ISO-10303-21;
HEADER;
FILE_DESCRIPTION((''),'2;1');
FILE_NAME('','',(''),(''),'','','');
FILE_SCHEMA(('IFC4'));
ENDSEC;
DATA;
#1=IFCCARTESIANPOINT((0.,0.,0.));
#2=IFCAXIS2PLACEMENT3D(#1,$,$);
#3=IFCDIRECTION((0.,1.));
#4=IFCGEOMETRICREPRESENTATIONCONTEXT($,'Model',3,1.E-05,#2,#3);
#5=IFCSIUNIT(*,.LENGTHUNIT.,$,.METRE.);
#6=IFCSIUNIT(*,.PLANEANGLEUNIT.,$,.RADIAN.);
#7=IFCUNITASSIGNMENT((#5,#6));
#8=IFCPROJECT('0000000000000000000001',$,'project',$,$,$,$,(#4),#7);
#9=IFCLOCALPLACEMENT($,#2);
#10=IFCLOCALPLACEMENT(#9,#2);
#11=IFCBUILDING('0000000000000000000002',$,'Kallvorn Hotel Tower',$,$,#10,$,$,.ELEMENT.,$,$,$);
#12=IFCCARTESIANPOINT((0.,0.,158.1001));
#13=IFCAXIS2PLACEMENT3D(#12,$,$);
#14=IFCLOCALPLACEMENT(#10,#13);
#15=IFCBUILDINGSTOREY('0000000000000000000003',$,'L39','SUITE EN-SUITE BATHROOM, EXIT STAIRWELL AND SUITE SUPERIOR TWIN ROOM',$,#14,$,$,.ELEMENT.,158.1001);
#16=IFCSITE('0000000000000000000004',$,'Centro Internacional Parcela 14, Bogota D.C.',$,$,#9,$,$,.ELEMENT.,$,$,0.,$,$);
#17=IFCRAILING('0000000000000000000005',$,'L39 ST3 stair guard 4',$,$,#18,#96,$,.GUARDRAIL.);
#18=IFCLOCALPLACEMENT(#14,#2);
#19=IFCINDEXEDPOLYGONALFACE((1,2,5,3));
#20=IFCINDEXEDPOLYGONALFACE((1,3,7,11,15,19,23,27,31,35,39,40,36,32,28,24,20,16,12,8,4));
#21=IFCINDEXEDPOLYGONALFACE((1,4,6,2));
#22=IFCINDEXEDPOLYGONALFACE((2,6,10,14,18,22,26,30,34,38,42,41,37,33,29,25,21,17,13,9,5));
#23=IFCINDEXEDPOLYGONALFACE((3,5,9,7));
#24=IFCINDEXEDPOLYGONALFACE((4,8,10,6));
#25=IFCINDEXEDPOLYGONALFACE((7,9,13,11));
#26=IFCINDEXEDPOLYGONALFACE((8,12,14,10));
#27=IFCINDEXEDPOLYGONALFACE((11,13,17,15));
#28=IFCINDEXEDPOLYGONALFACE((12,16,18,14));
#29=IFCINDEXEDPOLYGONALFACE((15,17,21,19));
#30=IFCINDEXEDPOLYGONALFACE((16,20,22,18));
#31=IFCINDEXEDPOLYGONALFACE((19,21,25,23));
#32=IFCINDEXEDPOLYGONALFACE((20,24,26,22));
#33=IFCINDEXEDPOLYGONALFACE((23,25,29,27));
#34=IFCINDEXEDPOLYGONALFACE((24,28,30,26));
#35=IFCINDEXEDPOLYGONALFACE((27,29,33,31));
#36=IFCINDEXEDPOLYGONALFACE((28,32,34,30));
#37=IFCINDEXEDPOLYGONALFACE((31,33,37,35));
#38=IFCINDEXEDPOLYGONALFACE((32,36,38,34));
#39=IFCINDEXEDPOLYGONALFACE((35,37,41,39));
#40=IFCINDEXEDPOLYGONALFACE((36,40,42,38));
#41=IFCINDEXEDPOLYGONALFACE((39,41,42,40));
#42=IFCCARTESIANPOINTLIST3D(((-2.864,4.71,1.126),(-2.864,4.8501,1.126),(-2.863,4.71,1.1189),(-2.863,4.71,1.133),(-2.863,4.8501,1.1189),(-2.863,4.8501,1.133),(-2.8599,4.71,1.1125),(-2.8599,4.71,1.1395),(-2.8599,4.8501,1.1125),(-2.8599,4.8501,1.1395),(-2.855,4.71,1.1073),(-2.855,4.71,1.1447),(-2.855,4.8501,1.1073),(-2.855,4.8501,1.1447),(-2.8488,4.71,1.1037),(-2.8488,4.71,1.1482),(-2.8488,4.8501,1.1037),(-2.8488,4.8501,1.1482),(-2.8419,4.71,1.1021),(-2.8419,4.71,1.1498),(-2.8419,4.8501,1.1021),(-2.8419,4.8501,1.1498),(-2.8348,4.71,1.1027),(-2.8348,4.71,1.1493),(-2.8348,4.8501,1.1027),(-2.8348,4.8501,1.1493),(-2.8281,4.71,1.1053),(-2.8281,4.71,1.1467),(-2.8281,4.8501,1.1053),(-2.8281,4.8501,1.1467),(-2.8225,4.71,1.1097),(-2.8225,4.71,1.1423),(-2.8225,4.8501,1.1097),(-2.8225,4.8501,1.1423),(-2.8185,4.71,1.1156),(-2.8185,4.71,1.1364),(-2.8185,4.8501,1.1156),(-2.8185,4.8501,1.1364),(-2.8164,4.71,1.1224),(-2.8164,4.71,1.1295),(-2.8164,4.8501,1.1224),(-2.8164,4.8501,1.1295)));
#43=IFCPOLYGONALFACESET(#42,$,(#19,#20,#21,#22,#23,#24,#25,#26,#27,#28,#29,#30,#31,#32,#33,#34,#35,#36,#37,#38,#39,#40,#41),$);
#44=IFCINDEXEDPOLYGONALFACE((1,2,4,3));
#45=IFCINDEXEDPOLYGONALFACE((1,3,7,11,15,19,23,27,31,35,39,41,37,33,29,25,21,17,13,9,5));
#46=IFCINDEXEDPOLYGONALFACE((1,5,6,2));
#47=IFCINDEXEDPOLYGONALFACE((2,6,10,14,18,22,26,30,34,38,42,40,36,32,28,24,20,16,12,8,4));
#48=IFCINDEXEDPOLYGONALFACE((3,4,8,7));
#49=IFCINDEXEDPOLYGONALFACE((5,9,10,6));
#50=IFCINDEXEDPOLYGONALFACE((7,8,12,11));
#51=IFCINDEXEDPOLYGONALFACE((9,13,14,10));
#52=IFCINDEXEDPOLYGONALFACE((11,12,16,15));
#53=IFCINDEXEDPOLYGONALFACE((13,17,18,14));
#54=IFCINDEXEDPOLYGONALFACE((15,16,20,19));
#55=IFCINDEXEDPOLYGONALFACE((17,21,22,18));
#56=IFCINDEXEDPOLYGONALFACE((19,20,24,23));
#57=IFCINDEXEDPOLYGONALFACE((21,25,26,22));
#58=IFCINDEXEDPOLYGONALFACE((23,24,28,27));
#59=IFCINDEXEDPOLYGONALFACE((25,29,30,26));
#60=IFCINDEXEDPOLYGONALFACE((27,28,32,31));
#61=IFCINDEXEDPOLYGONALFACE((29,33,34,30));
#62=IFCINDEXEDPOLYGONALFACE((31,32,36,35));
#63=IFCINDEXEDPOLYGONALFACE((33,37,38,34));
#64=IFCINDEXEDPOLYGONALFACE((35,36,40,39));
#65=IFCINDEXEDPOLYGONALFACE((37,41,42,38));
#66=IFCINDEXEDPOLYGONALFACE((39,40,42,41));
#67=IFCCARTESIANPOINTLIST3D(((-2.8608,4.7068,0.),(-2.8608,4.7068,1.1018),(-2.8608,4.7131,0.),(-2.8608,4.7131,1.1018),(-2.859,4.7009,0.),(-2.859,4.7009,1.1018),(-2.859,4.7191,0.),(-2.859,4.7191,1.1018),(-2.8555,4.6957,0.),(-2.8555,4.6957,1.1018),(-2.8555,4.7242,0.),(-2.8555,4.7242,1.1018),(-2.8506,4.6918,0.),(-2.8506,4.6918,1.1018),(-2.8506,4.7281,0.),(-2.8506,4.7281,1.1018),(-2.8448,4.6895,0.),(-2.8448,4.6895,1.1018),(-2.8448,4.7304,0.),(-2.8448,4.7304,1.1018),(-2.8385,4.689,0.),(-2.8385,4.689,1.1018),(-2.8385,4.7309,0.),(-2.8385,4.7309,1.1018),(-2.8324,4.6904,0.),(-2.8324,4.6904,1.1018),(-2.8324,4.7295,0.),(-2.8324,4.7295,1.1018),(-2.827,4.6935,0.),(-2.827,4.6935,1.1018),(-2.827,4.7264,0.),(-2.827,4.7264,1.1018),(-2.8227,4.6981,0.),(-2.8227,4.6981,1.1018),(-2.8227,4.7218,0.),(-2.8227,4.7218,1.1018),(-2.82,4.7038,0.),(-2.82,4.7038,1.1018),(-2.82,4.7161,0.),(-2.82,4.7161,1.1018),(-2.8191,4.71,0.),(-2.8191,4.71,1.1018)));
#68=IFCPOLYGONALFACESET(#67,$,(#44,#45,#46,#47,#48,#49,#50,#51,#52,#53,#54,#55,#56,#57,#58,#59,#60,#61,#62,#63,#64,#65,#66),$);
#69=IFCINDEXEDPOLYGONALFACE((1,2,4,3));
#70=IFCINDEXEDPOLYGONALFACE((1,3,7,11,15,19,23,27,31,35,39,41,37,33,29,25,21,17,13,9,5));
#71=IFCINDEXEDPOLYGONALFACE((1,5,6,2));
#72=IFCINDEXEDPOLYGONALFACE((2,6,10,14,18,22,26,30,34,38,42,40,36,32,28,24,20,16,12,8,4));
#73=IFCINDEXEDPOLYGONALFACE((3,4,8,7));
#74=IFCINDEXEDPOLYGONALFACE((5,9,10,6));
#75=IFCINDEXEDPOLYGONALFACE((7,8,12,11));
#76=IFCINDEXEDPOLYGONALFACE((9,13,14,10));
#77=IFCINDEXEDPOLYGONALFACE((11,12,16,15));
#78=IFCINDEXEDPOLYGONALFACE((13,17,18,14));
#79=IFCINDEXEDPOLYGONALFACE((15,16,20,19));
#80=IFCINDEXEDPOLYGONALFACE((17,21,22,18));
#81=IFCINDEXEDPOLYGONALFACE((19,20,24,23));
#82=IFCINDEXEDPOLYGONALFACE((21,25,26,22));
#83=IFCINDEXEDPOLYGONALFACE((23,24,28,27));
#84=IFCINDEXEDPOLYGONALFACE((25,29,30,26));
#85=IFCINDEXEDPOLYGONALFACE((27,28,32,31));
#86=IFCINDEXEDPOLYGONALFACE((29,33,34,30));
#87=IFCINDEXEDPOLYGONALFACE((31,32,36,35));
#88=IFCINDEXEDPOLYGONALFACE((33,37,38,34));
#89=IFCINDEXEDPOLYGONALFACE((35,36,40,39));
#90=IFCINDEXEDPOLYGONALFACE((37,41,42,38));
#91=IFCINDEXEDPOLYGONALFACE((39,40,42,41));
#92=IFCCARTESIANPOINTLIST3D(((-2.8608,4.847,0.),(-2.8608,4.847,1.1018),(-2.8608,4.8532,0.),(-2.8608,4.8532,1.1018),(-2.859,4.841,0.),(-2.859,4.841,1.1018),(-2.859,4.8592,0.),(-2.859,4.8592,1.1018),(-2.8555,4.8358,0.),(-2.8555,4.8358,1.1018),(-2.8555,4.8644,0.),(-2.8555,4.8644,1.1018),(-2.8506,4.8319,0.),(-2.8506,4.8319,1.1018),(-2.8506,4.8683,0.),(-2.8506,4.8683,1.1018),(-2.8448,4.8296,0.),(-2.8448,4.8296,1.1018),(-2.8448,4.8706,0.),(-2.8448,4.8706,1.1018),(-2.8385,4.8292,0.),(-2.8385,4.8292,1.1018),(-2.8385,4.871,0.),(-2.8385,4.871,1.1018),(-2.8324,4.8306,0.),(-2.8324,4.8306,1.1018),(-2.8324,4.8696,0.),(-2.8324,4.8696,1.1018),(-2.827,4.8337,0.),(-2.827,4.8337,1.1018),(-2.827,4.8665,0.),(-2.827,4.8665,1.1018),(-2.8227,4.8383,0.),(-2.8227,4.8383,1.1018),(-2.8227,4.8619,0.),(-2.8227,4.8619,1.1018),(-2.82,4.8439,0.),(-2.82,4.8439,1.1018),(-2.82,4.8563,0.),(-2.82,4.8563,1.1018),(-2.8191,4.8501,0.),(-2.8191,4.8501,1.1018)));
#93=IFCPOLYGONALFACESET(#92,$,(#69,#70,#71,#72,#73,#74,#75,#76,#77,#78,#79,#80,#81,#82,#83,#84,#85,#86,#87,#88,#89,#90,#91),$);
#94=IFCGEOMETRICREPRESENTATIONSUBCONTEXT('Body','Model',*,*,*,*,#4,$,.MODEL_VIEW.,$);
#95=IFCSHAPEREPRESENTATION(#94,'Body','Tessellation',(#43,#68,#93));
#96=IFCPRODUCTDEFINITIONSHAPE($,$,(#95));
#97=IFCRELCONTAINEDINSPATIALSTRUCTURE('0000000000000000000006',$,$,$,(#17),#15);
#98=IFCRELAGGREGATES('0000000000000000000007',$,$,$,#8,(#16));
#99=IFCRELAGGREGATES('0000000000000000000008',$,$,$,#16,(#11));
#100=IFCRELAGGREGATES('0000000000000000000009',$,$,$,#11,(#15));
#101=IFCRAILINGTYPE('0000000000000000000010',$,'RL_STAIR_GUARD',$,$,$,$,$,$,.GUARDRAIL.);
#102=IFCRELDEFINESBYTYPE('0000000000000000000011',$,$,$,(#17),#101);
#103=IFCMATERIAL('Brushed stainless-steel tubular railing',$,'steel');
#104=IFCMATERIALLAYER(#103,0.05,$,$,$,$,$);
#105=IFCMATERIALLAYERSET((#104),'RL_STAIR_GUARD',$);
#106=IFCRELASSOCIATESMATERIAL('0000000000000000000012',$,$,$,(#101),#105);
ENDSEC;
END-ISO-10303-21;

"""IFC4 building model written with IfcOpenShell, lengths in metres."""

from ifc_helpers import new_model, si_unit, direction, frame, origin, origin_2d, place, context, subcontext, project, spatial, circle, extrude, material, layer, layer_set, type_object, element, save


model = new_model("IFC4")

# Units and contexts
model_context = context("Model", 3, precision=1e-05, world=origin(), true_north=direction((0.0, 1.0)))
body_context = subcontext(model_context, "Body", "Model", "MODEL_VIEW")
ifc_project = project(units=[si_unit("LENGTHUNIT", "METRE"), si_unit("PLANEANGLEUNIT", "RADIAN")], contexts=[model_context])

# Site, building, storey
site_placement = place(None, origin())
site = spatial("IfcSite", under=ifc_project, at=site_placement, Name="Centro Internacional Parcela 14, Bogota D.C.", CompositionType="ELEMENT", RefElevation=0.0)
building_placement = place(site_placement, origin())
building = spatial("IfcBuilding", under=site, at=building_placement, Name="Kallvorn Hotel Tower", CompositionType="ELEMENT")
storey_placement = place(building_placement, frame((0.0, 0.0, 158.1001)))
storey = spatial("IfcBuildingStorey", under=building, at=storey_placement, Name="L39", Description="SUITE EN-SUITE BATHROOM, EXIT STAIRWELL AND SUITE SUPERIOR TWIN ROOM", CompositionType="ELEMENT", Elevation=158.1001)

# Railing
ifc_material_1 = material(Name="Brushed stainless-steel tubular railing", Category="steel")
ifc_layer_1 = layer(ifc_material_1, 0.05)
ifc_layer_set_1 = layer_set([ifc_layer_1], Name="RL_STAIR_GUARD")
railing_type_1 = type_object("IfcRailingType", Name="RL_STAIR_GUARD", PredefinedType="GUARDRAIL", material=ifc_layer_set_1)
railing_1_placement = place(storey_placement, frame((-2.8401, 4.71, 0.0)))
element("IfcRailing", 1, at=railing_1_placement, inside=storey, type_object=railing_type_1, Name="L39 ST3 stair guard 4", PredefinedType="GUARDRAIL", context=body_context, shape_type="SweptSolid", body=[
    extrude(circle(Radius=0.0239, at=origin_2d()), frame((0.0, 0.0, 1.126), z_axis=(0.0, 1.0, 0.0), x_axis=(-1.0, 0.0, 0.0)), (0.0, 0.0, 1.0), 0.1401),
    extrude(circle(Radius=0.021, at=origin_2d()), origin(), (0.0, 0.0, 1.0), 1.1018),
    extrude(circle(Radius=0.021, at=origin_2d()), frame((0.0, 0.1401, 0.0)), (0.0, 0.0, 1.0), 1.1018),
])

save(model, "model.ifc")
